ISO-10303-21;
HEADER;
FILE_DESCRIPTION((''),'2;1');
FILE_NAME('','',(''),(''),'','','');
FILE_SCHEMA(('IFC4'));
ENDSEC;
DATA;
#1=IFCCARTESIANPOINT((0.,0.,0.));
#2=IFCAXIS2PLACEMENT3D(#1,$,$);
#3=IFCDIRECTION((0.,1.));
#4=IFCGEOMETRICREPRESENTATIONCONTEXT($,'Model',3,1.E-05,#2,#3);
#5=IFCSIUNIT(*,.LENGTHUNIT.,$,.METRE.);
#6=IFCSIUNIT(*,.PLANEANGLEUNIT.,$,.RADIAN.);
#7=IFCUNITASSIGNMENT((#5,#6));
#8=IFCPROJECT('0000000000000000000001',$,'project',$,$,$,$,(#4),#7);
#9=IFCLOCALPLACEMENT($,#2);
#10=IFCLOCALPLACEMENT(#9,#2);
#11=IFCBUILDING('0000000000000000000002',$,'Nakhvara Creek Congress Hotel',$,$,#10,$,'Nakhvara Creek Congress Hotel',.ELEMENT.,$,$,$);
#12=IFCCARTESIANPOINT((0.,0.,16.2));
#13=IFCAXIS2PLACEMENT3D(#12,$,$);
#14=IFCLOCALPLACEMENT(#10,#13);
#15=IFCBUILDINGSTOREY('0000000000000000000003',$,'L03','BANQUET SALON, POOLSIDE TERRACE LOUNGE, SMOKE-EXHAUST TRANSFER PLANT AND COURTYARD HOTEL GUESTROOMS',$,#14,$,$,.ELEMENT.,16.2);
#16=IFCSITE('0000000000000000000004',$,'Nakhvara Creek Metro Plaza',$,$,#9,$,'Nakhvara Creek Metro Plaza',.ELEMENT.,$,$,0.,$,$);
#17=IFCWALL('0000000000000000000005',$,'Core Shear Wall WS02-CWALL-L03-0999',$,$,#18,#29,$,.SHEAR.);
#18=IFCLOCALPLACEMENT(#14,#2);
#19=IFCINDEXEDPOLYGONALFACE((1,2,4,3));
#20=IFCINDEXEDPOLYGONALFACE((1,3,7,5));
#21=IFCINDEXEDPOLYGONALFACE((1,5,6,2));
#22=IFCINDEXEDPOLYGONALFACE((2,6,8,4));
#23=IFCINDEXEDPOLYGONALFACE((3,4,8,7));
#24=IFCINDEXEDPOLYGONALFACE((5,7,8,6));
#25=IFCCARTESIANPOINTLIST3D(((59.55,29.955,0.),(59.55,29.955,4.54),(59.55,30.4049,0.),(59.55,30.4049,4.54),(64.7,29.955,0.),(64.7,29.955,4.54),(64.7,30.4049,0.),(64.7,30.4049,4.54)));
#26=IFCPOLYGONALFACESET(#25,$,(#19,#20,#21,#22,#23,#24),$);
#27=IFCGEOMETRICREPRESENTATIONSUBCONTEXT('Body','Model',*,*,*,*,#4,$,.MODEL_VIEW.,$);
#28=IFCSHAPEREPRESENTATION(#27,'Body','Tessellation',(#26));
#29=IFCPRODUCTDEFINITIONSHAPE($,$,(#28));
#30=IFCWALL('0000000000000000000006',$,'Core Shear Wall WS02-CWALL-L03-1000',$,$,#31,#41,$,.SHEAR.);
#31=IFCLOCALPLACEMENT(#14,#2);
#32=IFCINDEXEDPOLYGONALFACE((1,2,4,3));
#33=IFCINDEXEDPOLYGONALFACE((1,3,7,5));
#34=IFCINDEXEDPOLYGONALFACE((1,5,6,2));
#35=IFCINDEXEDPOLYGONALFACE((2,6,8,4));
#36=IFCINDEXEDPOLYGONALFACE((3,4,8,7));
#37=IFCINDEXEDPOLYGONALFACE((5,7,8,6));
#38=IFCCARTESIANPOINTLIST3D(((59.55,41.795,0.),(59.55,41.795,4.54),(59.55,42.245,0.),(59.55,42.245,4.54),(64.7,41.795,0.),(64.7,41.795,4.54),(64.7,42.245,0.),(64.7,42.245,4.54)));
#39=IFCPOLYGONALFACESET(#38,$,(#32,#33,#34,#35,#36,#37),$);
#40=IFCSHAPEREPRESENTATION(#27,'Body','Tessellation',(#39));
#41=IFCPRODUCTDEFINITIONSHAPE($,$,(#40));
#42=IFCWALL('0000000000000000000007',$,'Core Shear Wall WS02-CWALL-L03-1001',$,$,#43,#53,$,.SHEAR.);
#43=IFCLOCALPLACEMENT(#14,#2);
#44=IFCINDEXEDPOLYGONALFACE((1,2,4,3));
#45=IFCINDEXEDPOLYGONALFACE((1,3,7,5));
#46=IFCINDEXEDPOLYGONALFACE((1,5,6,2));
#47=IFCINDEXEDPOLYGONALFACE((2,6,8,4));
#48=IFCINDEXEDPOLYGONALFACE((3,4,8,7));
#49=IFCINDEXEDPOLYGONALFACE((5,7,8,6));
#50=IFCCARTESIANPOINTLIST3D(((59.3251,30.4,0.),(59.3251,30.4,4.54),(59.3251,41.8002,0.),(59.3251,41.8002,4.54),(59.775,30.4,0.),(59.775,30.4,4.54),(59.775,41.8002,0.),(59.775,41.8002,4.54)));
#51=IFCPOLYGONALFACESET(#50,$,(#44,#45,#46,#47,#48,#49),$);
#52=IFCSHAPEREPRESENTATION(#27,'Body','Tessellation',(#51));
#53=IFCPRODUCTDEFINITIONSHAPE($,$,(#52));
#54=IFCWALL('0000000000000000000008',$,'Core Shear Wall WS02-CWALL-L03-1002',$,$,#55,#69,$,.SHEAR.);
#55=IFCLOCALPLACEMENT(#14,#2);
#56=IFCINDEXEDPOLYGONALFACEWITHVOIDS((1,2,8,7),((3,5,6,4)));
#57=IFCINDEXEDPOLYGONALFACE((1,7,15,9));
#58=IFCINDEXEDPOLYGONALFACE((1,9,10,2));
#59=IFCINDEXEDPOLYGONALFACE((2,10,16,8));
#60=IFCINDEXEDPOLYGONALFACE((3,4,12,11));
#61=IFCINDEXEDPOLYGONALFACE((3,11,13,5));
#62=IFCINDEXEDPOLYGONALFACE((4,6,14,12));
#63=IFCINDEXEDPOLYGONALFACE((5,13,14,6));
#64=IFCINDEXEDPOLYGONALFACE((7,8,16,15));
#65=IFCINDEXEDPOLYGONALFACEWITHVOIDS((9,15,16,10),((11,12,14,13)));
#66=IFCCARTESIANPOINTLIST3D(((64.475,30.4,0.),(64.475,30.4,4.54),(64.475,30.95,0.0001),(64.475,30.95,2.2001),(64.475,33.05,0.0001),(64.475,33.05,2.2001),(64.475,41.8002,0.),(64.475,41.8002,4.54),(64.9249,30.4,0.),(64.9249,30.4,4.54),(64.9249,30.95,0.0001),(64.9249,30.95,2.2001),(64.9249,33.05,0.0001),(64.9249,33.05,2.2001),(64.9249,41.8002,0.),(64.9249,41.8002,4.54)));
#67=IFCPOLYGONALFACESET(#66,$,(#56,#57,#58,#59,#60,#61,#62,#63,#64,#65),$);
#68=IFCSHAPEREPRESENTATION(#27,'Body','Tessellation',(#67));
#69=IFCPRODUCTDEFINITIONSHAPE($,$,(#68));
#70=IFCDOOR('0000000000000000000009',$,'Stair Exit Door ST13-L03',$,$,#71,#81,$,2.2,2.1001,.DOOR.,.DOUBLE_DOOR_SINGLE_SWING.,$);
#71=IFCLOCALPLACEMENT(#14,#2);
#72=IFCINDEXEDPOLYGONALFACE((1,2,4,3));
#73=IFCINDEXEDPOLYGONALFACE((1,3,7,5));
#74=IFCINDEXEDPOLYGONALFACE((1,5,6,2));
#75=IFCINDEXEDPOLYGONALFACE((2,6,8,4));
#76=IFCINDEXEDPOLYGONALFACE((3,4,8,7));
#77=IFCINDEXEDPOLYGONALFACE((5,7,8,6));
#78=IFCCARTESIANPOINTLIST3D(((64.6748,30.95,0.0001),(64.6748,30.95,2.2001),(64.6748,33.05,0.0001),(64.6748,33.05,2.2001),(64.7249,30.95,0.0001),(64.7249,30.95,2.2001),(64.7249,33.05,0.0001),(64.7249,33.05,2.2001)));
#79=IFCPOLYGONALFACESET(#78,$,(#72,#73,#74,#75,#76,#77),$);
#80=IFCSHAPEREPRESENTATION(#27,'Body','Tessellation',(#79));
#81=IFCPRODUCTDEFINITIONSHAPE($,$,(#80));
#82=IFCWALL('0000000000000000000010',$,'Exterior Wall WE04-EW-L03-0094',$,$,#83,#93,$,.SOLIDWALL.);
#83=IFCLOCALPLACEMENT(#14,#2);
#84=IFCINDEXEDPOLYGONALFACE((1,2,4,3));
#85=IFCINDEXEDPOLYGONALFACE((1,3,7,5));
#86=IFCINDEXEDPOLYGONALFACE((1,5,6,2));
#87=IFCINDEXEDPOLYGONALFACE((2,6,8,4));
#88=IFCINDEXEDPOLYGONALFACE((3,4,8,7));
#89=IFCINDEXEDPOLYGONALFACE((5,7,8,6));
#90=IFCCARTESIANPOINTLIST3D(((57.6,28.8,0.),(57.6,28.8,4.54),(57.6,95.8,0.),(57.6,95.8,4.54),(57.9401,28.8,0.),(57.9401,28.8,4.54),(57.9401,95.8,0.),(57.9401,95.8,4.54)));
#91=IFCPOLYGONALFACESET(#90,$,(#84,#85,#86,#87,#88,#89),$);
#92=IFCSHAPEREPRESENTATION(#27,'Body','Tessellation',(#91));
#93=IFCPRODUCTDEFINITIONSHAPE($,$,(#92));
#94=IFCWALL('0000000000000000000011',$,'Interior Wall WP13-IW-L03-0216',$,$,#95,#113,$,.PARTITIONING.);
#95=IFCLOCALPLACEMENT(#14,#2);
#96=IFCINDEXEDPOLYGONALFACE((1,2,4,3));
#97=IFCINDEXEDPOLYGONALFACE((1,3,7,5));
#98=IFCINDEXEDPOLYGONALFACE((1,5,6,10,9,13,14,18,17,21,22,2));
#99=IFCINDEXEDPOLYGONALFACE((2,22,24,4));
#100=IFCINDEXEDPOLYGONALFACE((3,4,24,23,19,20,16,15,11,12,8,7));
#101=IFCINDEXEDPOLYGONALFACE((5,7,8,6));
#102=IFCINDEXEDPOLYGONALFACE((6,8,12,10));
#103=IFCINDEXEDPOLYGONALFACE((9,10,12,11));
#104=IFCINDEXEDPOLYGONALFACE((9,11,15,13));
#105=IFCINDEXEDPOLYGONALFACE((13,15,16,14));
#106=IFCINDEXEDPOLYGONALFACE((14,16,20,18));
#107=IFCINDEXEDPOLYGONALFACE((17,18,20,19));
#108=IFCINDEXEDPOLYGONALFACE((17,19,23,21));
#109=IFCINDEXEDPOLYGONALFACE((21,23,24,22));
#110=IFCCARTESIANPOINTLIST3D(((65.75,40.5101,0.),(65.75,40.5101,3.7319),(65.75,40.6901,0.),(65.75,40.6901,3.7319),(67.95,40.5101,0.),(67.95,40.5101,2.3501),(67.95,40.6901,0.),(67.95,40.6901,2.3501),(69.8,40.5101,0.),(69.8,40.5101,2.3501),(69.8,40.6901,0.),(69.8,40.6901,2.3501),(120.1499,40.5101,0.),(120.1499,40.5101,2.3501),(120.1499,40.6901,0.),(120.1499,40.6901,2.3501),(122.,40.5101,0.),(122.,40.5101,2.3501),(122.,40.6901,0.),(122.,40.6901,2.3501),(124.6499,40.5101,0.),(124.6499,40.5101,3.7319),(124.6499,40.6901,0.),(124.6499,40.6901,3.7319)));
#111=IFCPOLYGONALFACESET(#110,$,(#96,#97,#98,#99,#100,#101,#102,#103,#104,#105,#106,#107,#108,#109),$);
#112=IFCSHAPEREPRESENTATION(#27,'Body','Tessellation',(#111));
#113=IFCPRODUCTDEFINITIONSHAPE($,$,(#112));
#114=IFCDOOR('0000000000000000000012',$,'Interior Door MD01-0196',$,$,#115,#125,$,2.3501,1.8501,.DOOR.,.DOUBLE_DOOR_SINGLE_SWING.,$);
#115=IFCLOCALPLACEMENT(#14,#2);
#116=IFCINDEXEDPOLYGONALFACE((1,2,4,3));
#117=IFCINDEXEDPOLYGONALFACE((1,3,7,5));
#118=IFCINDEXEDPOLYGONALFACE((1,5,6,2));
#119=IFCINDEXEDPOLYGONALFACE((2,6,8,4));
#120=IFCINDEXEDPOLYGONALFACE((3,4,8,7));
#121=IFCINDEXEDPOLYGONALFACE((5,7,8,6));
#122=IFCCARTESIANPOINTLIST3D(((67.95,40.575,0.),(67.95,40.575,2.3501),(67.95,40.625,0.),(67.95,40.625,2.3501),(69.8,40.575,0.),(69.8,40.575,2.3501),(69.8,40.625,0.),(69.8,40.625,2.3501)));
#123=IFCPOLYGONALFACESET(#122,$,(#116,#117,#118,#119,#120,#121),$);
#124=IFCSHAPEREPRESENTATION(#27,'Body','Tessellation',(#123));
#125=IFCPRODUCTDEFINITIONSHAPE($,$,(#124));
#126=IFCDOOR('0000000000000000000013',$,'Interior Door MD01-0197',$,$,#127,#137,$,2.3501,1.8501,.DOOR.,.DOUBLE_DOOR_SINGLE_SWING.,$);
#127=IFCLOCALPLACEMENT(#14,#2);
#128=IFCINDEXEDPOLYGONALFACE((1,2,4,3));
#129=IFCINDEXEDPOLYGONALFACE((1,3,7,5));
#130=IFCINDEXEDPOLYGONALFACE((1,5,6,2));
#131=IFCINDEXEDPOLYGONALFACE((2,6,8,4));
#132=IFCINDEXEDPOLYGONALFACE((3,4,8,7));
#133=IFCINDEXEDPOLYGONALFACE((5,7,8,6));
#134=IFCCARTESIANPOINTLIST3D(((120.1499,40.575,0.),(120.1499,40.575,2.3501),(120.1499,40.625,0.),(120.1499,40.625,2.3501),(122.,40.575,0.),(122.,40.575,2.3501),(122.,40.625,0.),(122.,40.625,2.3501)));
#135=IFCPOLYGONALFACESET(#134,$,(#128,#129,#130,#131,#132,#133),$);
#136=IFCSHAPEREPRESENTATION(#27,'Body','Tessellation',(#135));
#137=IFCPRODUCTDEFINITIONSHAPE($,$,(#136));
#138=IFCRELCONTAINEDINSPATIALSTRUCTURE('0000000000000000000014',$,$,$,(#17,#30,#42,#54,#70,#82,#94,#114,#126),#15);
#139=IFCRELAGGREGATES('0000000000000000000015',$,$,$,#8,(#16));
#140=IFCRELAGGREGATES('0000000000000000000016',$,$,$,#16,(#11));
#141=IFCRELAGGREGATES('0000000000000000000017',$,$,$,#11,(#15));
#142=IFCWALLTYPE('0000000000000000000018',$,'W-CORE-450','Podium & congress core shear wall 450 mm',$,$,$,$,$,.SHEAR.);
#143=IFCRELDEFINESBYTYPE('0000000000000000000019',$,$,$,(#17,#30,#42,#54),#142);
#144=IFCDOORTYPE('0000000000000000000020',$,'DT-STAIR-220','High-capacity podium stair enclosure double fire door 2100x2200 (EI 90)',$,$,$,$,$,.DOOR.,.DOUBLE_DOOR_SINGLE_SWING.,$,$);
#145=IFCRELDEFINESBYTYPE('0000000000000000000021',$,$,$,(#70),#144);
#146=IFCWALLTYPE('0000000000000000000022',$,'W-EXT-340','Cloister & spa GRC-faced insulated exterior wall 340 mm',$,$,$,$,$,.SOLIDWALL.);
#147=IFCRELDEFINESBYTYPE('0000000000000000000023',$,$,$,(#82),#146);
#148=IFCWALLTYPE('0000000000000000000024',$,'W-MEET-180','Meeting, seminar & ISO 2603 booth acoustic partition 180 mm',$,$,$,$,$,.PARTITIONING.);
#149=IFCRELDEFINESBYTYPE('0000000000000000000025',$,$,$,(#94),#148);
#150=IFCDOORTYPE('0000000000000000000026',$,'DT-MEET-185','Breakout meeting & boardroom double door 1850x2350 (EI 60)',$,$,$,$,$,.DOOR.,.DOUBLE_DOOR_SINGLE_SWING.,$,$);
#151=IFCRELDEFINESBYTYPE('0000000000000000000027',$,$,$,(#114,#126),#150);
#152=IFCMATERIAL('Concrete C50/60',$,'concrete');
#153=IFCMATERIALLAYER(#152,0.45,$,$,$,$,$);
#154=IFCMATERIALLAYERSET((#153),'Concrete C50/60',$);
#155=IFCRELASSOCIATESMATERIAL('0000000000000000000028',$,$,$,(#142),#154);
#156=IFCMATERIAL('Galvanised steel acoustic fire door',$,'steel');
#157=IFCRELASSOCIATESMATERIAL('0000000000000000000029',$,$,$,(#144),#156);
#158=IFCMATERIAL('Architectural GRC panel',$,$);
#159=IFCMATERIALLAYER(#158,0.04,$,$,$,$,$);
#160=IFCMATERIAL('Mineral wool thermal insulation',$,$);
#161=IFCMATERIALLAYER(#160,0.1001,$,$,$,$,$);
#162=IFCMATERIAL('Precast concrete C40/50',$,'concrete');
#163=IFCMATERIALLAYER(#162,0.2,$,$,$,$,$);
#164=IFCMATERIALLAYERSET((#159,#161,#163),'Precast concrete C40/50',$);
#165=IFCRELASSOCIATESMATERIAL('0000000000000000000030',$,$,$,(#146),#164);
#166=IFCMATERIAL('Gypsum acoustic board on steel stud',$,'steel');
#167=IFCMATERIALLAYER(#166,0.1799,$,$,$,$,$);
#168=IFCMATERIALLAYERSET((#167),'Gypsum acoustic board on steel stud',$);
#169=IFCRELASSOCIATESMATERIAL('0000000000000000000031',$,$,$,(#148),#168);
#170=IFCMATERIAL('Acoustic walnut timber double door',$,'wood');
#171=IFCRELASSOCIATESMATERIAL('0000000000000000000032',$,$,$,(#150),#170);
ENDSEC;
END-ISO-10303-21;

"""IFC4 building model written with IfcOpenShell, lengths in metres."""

from ifc_helpers import new_model, si_unit, direction, frame, frame_2d, origin, place, context, subcontext, project, spatial, rectangle, extrude, material, layer, layer_set, type_object, element, fill, save


model = new_model("IFC4")

# Units and contexts
model_context = context("Model", 3, precision=1e-05, world=origin(), true_north=direction((0.0, 1.0)))
body_context = subcontext(model_context, "Body", "Model", "MODEL_VIEW")
ifc_project = project(units=[si_unit("LENGTHUNIT", "METRE"), si_unit("PLANEANGLEUNIT", "RADIAN")], contexts=[model_context])

# Site, building, storey
site_placement = place(None, origin())
site = spatial("IfcSite", under=ifc_project, at=site_placement, Name="Nakhvara Creek Metro Plaza", LongName="Nakhvara Creek Metro Plaza", CompositionType="ELEMENT", RefElevation=0.0)
building_placement = place(site_placement, origin())
building = spatial("IfcBuilding", under=site, at=building_placement, Name="Nakhvara Creek Congress Hotel", LongName="Nakhvara Creek Congress Hotel", CompositionType="ELEMENT")
storey_placement = place(building_placement, frame((0.0, 0.0, 16.2)))
storey = spatial("IfcBuildingStorey", under=building, at=storey_placement, Name="L03", Description="BANQUET SALON, POOLSIDE TERRACE LOUNGE, SMOKE-EXHAUST TRANSFER PLANT AND COURTYARD HOTEL GUESTROOMS", CompositionType="ELEMENT", Elevation=16.2)

# Shared definitions
ifc_material_1 = material(Name="Concrete C50/60", Category="concrete")

# Walls
ifc_layer_1 = layer(ifc_material_1, 0.45)
ifc_layer_set_1 = layer_set([ifc_layer_1], Name="Concrete C50/60")
wall_type_1 = type_object("IfcWallType", Name="W-CORE-450", Description="Podium & congress core shear wall 450 mm", PredefinedType="SHEAR", material=ifc_layer_set_1)
for number, where, z_axis, x_axis, name in (
    (1, (59.55, 30.1799, 0.0), (0.0, 0.0, 1.0), (1.0, 0.0, 0.0), "Core Shear Wall WS02-CWALL-L03-0999"),
    (2, (59.55, 42.02, 0.0), (0.0, 0.0, 1.0), (1.0, 0.0, 0.0), "Core Shear Wall WS02-CWALL-L03-1000"),
):
    element("IfcWall", number, at=place(storey_placement, frame(where, z_axis=z_axis, x_axis=x_axis)), inside=storey, type_object=wall_type_1, Name=name, PredefinedType="SHEAR", context=body_context, shape_type="SweptSolid", body=[
        extrude(rectangle(XDim=5.1499, YDim=0.45, at=frame_2d((2.575, 0.0))), origin(), (0.0, 0.0, 1.0), 4.54),
    ])
wall_1_placement = place(storey_placement, frame((59.55, 30.3999, 0.0), z_axis=(0.0, 0.0, 1.0), x_axis=(0.0, 1.0, 0.0)))
element("IfcWall", 3, at=wall_1_placement, inside=storey, type_object=wall_type_1, Name="Core Shear Wall WS02-CWALL-L03-1001", PredefinedType="SHEAR", context=body_context, shape_type="SweptSolid", body=[
    extrude(rectangle(XDim=11.4001, YDim=0.45, at=frame_2d((5.7002, 0.0))), origin(), (0.0, 0.0, 1.0), 4.54),
])

# Wall, opening, door
wall_2_placement = place(storey_placement, frame((64.7, 30.3999, 0.0), z_axis=(0.0, 0.0, 1.0), x_axis=(0.0, 1.0, 0.0)))
wall_2 = element("IfcWall", 4, at=wall_2_placement, inside=storey, type_object=wall_type_1, Name="Core Shear Wall WS02-CWALL-L03-1002", PredefinedType="SHEAR", context=body_context, shape_type="SweptSolid", body=[
    extrude(rectangle(XDim=11.4001, YDim=0.45, at=frame_2d((5.7002, 0.0))), origin(), (0.0, 0.0, 1.0), 4.54),
])
opening_1_placement = place(wall_2_placement, frame((0.55, 0.0, 0.0)))
opening_1 = element("IfcOpeningElement", 5, at=opening_1_placement, cuts=wall_2, PredefinedType="OPENING", context=body_context, shape_type="SweptSolid", body=[
    extrude(rectangle(XDim=2.1001, YDim=2.2, at=frame_2d((1.05, 1.1001))), frame((0.0, 0.2368, 0.0), z_axis=(0.0, -1.0, 0.0), x_axis=(1.0, 0.0, 0.0)), (0.0, 0.0, 1.0), 0.4739),
])
ifc_material_2 = material(Name="Galvanised steel acoustic fire door", Category="steel")
door_type_1 = type_object("IfcDoorType", Name="DT-STAIR-220", Description="High-capacity podium stair enclosure double fire door 2100x2200 (EI 90)", OperationType="DOUBLE_DOOR_SINGLE_SWING", PredefinedType="DOOR", material=ifc_material_2)
door_1_placement = place(opening_1_placement, frame((2.1001, 0.0, 0.0), z_axis=(0.0, 0.0, 1.0), x_axis=(-1.0, 0.0, 0.0)))
door_1 = element("IfcDoor", 6, at=door_1_placement, inside=storey, type_object=door_type_1, Name="Stair Exit Door ST13-L03", OperationType="DOUBLE_DOOR_SINGLE_SWING", OverallHeight=2.2, OverallWidth=2.1001, PredefinedType="DOOR", context=body_context, shape_type="SweptSolid", body=[
    extrude(rectangle(XDim=2.1001, YDim=2.2, at=frame_2d((1.05, 1.1001))), frame((0.0, 0.0249, 0.0), z_axis=(0.0, -1.0, 0.0), x_axis=(1.0, 0.0, 0.0)), (0.0, 0.0, 1.0), 0.05),
])
fill(opening_1, door_1)

# Wall
ifc_material_3 = material(Name="Architectural GRC panel")
ifc_layer_2 = layer(ifc_material_3, 0.04)
ifc_material_4 = material(Name="Mineral wool thermal insulation")
ifc_layer_3 = layer(ifc_material_4, 0.1001)
ifc_material_5 = material(Name="Precast concrete C40/50", Category="concrete")
ifc_layer_4 = layer(ifc_material_5, 0.2)
ifc_layer_set_2 = layer_set([ifc_layer_2, ifc_layer_3, ifc_layer_4], Name="Precast concrete C40/50")
wall_type_2 = type_object("IfcWallType", Name="W-EXT-340", Description="Cloister & spa GRC-faced insulated exterior wall 340 mm", PredefinedType="SOLIDWALL", material=ifc_layer_set_2)
wall_3_placement = place(storey_placement, frame((57.77, 28.8, 0.0), z_axis=(0.0, 0.0, 1.0), x_axis=(0.0, 1.0, 0.0)))
element("IfcWall", 7, at=wall_3_placement, inside=storey, type_object=wall_type_2, Name="Exterior Wall WE04-EW-L03-0094", PredefinedType="SOLIDWALL", context=body_context, shape_type="SweptSolid", body=[
    extrude(rectangle(XDim=67.0, YDim=0.3401, at=frame_2d((33.5, 0.0))), origin(), (0.0, 0.0, 1.0), 4.54),
])

# Wall, openings, doors
ifc_material_6 = material(Name="Gypsum acoustic board on steel stud", Category="steel")
ifc_layer_5 = layer(ifc_material_6, 0.1799)
ifc_layer_set_3 = layer_set([ifc_layer_5], Name="Gypsum acoustic board on steel stud")
wall_type_3 = type_object("IfcWallType", Name="W-MEET-180", Description="Meeting, seminar & ISO 2603 booth acoustic partition 180 mm", PredefinedType="PARTITIONING", material=ifc_layer_set_3)
wall_4_placement = place(storey_placement, frame((65.75, 40.6001, 0.0), z_axis=(0.0, 0.0, 1.0), x_axis=(1.0, 0.0, 0.0)))
wall_4 = element("IfcWall", 8, at=wall_4_placement, inside=storey, type_object=wall_type_3, Name="Interior Wall WP13-IW-L03-0216", PredefinedType="PARTITIONING", context=body_context, shape_type="SweptSolid", body=[
    extrude(rectangle(XDim=58.8999, YDim=0.1799, at=frame_2d((29.45, 0.0))), origin(), (0.0, 0.0, 1.0), 3.7319),
])
opening_2_placement = place(wall_4_placement, frame((2.2, 0.0, 0.0)))
opening_2 = element("IfcOpeningElement", 9, at=opening_2_placement, cuts=wall_4, PredefinedType="OPENING", context=body_context, shape_type="SweptSolid", body=[
    extrude(rectangle(XDim=1.8501, YDim=2.3501, at=frame_2d((0.925, 1.175))), frame((0.0, 0.1021, 0.0), z_axis=(0.0, -1.0, 0.0), x_axis=(1.0, 0.0, 0.0)), (0.0, 0.0, 1.0), 0.2039),
])
opening_3_placement = place(wall_4_placement, frame((54.3999, 0.0, 0.0)))
opening_3 = element("IfcOpeningElement", 10, at=opening_3_placement, cuts=wall_4, PredefinedType="OPENING", context=body_context, shape_type="SweptSolid", body=[
    extrude(rectangle(XDim=1.8501, YDim=2.3501, at=frame_2d((0.925, 1.175))), frame((0.0, 0.1021, 0.0), z_axis=(0.0, -1.0, 0.0), x_axis=(1.0, 0.0, 0.0)), (0.0, 0.0, 1.0), 0.2039),
])
ifc_material_7 = material(Name="Acoustic walnut timber double door", Category="wood")
door_type_2 = type_object("IfcDoorType", Name="DT-MEET-185", Description="Breakout meeting & boardroom double door 1850x2350 (EI 60)", OperationType="DOUBLE_DOOR_SINGLE_SWING", PredefinedType="DOOR", material=ifc_material_7)
door_2_placement = place(opening_2_placement, origin())
door_2 = element("IfcDoor", 11, at=door_2_placement, inside=storey, type_object=door_type_2, Name="Interior Door MD01-0196", OperationType="DOUBLE_DOOR_SINGLE_SWING", OverallHeight=2.3501, OverallWidth=1.8501, PredefinedType="DOOR", context=body_context, shape_type="SweptSolid", body=[
    extrude(rectangle(XDim=1.8501, YDim=2.3501, at=frame_2d((0.925, 1.175))), frame((0.0, 0.0249, 0.0), z_axis=(0.0, -1.0, 0.0), x_axis=(1.0, 0.0, 0.0)), (0.0, 0.0, 1.0), 0.05),
])
fill(opening_2, door_2)
door_3_placement = place(opening_3_placement, origin())
door_3 = element("IfcDoor", 12, at=door_3_placement, inside=storey, type_object=door_type_2, Name="Interior Door MD01-0197", OperationType="DOUBLE_DOOR_SINGLE_SWING", OverallHeight=2.3501, OverallWidth=1.8501, PredefinedType="DOOR", context=body_context, shape_type="SweptSolid", body=[
    extrude(rectangle(XDim=1.8501, YDim=2.3501, at=frame_2d((0.925, 1.175))), frame((0.0, 0.0249, 0.0), z_axis=(0.0, -1.0, 0.0), x_axis=(1.0, 0.0, 0.0)), (0.0, 0.0, 1.0), 0.05),
])
fill(opening_3, door_3)

save(model, "model.ifc")
